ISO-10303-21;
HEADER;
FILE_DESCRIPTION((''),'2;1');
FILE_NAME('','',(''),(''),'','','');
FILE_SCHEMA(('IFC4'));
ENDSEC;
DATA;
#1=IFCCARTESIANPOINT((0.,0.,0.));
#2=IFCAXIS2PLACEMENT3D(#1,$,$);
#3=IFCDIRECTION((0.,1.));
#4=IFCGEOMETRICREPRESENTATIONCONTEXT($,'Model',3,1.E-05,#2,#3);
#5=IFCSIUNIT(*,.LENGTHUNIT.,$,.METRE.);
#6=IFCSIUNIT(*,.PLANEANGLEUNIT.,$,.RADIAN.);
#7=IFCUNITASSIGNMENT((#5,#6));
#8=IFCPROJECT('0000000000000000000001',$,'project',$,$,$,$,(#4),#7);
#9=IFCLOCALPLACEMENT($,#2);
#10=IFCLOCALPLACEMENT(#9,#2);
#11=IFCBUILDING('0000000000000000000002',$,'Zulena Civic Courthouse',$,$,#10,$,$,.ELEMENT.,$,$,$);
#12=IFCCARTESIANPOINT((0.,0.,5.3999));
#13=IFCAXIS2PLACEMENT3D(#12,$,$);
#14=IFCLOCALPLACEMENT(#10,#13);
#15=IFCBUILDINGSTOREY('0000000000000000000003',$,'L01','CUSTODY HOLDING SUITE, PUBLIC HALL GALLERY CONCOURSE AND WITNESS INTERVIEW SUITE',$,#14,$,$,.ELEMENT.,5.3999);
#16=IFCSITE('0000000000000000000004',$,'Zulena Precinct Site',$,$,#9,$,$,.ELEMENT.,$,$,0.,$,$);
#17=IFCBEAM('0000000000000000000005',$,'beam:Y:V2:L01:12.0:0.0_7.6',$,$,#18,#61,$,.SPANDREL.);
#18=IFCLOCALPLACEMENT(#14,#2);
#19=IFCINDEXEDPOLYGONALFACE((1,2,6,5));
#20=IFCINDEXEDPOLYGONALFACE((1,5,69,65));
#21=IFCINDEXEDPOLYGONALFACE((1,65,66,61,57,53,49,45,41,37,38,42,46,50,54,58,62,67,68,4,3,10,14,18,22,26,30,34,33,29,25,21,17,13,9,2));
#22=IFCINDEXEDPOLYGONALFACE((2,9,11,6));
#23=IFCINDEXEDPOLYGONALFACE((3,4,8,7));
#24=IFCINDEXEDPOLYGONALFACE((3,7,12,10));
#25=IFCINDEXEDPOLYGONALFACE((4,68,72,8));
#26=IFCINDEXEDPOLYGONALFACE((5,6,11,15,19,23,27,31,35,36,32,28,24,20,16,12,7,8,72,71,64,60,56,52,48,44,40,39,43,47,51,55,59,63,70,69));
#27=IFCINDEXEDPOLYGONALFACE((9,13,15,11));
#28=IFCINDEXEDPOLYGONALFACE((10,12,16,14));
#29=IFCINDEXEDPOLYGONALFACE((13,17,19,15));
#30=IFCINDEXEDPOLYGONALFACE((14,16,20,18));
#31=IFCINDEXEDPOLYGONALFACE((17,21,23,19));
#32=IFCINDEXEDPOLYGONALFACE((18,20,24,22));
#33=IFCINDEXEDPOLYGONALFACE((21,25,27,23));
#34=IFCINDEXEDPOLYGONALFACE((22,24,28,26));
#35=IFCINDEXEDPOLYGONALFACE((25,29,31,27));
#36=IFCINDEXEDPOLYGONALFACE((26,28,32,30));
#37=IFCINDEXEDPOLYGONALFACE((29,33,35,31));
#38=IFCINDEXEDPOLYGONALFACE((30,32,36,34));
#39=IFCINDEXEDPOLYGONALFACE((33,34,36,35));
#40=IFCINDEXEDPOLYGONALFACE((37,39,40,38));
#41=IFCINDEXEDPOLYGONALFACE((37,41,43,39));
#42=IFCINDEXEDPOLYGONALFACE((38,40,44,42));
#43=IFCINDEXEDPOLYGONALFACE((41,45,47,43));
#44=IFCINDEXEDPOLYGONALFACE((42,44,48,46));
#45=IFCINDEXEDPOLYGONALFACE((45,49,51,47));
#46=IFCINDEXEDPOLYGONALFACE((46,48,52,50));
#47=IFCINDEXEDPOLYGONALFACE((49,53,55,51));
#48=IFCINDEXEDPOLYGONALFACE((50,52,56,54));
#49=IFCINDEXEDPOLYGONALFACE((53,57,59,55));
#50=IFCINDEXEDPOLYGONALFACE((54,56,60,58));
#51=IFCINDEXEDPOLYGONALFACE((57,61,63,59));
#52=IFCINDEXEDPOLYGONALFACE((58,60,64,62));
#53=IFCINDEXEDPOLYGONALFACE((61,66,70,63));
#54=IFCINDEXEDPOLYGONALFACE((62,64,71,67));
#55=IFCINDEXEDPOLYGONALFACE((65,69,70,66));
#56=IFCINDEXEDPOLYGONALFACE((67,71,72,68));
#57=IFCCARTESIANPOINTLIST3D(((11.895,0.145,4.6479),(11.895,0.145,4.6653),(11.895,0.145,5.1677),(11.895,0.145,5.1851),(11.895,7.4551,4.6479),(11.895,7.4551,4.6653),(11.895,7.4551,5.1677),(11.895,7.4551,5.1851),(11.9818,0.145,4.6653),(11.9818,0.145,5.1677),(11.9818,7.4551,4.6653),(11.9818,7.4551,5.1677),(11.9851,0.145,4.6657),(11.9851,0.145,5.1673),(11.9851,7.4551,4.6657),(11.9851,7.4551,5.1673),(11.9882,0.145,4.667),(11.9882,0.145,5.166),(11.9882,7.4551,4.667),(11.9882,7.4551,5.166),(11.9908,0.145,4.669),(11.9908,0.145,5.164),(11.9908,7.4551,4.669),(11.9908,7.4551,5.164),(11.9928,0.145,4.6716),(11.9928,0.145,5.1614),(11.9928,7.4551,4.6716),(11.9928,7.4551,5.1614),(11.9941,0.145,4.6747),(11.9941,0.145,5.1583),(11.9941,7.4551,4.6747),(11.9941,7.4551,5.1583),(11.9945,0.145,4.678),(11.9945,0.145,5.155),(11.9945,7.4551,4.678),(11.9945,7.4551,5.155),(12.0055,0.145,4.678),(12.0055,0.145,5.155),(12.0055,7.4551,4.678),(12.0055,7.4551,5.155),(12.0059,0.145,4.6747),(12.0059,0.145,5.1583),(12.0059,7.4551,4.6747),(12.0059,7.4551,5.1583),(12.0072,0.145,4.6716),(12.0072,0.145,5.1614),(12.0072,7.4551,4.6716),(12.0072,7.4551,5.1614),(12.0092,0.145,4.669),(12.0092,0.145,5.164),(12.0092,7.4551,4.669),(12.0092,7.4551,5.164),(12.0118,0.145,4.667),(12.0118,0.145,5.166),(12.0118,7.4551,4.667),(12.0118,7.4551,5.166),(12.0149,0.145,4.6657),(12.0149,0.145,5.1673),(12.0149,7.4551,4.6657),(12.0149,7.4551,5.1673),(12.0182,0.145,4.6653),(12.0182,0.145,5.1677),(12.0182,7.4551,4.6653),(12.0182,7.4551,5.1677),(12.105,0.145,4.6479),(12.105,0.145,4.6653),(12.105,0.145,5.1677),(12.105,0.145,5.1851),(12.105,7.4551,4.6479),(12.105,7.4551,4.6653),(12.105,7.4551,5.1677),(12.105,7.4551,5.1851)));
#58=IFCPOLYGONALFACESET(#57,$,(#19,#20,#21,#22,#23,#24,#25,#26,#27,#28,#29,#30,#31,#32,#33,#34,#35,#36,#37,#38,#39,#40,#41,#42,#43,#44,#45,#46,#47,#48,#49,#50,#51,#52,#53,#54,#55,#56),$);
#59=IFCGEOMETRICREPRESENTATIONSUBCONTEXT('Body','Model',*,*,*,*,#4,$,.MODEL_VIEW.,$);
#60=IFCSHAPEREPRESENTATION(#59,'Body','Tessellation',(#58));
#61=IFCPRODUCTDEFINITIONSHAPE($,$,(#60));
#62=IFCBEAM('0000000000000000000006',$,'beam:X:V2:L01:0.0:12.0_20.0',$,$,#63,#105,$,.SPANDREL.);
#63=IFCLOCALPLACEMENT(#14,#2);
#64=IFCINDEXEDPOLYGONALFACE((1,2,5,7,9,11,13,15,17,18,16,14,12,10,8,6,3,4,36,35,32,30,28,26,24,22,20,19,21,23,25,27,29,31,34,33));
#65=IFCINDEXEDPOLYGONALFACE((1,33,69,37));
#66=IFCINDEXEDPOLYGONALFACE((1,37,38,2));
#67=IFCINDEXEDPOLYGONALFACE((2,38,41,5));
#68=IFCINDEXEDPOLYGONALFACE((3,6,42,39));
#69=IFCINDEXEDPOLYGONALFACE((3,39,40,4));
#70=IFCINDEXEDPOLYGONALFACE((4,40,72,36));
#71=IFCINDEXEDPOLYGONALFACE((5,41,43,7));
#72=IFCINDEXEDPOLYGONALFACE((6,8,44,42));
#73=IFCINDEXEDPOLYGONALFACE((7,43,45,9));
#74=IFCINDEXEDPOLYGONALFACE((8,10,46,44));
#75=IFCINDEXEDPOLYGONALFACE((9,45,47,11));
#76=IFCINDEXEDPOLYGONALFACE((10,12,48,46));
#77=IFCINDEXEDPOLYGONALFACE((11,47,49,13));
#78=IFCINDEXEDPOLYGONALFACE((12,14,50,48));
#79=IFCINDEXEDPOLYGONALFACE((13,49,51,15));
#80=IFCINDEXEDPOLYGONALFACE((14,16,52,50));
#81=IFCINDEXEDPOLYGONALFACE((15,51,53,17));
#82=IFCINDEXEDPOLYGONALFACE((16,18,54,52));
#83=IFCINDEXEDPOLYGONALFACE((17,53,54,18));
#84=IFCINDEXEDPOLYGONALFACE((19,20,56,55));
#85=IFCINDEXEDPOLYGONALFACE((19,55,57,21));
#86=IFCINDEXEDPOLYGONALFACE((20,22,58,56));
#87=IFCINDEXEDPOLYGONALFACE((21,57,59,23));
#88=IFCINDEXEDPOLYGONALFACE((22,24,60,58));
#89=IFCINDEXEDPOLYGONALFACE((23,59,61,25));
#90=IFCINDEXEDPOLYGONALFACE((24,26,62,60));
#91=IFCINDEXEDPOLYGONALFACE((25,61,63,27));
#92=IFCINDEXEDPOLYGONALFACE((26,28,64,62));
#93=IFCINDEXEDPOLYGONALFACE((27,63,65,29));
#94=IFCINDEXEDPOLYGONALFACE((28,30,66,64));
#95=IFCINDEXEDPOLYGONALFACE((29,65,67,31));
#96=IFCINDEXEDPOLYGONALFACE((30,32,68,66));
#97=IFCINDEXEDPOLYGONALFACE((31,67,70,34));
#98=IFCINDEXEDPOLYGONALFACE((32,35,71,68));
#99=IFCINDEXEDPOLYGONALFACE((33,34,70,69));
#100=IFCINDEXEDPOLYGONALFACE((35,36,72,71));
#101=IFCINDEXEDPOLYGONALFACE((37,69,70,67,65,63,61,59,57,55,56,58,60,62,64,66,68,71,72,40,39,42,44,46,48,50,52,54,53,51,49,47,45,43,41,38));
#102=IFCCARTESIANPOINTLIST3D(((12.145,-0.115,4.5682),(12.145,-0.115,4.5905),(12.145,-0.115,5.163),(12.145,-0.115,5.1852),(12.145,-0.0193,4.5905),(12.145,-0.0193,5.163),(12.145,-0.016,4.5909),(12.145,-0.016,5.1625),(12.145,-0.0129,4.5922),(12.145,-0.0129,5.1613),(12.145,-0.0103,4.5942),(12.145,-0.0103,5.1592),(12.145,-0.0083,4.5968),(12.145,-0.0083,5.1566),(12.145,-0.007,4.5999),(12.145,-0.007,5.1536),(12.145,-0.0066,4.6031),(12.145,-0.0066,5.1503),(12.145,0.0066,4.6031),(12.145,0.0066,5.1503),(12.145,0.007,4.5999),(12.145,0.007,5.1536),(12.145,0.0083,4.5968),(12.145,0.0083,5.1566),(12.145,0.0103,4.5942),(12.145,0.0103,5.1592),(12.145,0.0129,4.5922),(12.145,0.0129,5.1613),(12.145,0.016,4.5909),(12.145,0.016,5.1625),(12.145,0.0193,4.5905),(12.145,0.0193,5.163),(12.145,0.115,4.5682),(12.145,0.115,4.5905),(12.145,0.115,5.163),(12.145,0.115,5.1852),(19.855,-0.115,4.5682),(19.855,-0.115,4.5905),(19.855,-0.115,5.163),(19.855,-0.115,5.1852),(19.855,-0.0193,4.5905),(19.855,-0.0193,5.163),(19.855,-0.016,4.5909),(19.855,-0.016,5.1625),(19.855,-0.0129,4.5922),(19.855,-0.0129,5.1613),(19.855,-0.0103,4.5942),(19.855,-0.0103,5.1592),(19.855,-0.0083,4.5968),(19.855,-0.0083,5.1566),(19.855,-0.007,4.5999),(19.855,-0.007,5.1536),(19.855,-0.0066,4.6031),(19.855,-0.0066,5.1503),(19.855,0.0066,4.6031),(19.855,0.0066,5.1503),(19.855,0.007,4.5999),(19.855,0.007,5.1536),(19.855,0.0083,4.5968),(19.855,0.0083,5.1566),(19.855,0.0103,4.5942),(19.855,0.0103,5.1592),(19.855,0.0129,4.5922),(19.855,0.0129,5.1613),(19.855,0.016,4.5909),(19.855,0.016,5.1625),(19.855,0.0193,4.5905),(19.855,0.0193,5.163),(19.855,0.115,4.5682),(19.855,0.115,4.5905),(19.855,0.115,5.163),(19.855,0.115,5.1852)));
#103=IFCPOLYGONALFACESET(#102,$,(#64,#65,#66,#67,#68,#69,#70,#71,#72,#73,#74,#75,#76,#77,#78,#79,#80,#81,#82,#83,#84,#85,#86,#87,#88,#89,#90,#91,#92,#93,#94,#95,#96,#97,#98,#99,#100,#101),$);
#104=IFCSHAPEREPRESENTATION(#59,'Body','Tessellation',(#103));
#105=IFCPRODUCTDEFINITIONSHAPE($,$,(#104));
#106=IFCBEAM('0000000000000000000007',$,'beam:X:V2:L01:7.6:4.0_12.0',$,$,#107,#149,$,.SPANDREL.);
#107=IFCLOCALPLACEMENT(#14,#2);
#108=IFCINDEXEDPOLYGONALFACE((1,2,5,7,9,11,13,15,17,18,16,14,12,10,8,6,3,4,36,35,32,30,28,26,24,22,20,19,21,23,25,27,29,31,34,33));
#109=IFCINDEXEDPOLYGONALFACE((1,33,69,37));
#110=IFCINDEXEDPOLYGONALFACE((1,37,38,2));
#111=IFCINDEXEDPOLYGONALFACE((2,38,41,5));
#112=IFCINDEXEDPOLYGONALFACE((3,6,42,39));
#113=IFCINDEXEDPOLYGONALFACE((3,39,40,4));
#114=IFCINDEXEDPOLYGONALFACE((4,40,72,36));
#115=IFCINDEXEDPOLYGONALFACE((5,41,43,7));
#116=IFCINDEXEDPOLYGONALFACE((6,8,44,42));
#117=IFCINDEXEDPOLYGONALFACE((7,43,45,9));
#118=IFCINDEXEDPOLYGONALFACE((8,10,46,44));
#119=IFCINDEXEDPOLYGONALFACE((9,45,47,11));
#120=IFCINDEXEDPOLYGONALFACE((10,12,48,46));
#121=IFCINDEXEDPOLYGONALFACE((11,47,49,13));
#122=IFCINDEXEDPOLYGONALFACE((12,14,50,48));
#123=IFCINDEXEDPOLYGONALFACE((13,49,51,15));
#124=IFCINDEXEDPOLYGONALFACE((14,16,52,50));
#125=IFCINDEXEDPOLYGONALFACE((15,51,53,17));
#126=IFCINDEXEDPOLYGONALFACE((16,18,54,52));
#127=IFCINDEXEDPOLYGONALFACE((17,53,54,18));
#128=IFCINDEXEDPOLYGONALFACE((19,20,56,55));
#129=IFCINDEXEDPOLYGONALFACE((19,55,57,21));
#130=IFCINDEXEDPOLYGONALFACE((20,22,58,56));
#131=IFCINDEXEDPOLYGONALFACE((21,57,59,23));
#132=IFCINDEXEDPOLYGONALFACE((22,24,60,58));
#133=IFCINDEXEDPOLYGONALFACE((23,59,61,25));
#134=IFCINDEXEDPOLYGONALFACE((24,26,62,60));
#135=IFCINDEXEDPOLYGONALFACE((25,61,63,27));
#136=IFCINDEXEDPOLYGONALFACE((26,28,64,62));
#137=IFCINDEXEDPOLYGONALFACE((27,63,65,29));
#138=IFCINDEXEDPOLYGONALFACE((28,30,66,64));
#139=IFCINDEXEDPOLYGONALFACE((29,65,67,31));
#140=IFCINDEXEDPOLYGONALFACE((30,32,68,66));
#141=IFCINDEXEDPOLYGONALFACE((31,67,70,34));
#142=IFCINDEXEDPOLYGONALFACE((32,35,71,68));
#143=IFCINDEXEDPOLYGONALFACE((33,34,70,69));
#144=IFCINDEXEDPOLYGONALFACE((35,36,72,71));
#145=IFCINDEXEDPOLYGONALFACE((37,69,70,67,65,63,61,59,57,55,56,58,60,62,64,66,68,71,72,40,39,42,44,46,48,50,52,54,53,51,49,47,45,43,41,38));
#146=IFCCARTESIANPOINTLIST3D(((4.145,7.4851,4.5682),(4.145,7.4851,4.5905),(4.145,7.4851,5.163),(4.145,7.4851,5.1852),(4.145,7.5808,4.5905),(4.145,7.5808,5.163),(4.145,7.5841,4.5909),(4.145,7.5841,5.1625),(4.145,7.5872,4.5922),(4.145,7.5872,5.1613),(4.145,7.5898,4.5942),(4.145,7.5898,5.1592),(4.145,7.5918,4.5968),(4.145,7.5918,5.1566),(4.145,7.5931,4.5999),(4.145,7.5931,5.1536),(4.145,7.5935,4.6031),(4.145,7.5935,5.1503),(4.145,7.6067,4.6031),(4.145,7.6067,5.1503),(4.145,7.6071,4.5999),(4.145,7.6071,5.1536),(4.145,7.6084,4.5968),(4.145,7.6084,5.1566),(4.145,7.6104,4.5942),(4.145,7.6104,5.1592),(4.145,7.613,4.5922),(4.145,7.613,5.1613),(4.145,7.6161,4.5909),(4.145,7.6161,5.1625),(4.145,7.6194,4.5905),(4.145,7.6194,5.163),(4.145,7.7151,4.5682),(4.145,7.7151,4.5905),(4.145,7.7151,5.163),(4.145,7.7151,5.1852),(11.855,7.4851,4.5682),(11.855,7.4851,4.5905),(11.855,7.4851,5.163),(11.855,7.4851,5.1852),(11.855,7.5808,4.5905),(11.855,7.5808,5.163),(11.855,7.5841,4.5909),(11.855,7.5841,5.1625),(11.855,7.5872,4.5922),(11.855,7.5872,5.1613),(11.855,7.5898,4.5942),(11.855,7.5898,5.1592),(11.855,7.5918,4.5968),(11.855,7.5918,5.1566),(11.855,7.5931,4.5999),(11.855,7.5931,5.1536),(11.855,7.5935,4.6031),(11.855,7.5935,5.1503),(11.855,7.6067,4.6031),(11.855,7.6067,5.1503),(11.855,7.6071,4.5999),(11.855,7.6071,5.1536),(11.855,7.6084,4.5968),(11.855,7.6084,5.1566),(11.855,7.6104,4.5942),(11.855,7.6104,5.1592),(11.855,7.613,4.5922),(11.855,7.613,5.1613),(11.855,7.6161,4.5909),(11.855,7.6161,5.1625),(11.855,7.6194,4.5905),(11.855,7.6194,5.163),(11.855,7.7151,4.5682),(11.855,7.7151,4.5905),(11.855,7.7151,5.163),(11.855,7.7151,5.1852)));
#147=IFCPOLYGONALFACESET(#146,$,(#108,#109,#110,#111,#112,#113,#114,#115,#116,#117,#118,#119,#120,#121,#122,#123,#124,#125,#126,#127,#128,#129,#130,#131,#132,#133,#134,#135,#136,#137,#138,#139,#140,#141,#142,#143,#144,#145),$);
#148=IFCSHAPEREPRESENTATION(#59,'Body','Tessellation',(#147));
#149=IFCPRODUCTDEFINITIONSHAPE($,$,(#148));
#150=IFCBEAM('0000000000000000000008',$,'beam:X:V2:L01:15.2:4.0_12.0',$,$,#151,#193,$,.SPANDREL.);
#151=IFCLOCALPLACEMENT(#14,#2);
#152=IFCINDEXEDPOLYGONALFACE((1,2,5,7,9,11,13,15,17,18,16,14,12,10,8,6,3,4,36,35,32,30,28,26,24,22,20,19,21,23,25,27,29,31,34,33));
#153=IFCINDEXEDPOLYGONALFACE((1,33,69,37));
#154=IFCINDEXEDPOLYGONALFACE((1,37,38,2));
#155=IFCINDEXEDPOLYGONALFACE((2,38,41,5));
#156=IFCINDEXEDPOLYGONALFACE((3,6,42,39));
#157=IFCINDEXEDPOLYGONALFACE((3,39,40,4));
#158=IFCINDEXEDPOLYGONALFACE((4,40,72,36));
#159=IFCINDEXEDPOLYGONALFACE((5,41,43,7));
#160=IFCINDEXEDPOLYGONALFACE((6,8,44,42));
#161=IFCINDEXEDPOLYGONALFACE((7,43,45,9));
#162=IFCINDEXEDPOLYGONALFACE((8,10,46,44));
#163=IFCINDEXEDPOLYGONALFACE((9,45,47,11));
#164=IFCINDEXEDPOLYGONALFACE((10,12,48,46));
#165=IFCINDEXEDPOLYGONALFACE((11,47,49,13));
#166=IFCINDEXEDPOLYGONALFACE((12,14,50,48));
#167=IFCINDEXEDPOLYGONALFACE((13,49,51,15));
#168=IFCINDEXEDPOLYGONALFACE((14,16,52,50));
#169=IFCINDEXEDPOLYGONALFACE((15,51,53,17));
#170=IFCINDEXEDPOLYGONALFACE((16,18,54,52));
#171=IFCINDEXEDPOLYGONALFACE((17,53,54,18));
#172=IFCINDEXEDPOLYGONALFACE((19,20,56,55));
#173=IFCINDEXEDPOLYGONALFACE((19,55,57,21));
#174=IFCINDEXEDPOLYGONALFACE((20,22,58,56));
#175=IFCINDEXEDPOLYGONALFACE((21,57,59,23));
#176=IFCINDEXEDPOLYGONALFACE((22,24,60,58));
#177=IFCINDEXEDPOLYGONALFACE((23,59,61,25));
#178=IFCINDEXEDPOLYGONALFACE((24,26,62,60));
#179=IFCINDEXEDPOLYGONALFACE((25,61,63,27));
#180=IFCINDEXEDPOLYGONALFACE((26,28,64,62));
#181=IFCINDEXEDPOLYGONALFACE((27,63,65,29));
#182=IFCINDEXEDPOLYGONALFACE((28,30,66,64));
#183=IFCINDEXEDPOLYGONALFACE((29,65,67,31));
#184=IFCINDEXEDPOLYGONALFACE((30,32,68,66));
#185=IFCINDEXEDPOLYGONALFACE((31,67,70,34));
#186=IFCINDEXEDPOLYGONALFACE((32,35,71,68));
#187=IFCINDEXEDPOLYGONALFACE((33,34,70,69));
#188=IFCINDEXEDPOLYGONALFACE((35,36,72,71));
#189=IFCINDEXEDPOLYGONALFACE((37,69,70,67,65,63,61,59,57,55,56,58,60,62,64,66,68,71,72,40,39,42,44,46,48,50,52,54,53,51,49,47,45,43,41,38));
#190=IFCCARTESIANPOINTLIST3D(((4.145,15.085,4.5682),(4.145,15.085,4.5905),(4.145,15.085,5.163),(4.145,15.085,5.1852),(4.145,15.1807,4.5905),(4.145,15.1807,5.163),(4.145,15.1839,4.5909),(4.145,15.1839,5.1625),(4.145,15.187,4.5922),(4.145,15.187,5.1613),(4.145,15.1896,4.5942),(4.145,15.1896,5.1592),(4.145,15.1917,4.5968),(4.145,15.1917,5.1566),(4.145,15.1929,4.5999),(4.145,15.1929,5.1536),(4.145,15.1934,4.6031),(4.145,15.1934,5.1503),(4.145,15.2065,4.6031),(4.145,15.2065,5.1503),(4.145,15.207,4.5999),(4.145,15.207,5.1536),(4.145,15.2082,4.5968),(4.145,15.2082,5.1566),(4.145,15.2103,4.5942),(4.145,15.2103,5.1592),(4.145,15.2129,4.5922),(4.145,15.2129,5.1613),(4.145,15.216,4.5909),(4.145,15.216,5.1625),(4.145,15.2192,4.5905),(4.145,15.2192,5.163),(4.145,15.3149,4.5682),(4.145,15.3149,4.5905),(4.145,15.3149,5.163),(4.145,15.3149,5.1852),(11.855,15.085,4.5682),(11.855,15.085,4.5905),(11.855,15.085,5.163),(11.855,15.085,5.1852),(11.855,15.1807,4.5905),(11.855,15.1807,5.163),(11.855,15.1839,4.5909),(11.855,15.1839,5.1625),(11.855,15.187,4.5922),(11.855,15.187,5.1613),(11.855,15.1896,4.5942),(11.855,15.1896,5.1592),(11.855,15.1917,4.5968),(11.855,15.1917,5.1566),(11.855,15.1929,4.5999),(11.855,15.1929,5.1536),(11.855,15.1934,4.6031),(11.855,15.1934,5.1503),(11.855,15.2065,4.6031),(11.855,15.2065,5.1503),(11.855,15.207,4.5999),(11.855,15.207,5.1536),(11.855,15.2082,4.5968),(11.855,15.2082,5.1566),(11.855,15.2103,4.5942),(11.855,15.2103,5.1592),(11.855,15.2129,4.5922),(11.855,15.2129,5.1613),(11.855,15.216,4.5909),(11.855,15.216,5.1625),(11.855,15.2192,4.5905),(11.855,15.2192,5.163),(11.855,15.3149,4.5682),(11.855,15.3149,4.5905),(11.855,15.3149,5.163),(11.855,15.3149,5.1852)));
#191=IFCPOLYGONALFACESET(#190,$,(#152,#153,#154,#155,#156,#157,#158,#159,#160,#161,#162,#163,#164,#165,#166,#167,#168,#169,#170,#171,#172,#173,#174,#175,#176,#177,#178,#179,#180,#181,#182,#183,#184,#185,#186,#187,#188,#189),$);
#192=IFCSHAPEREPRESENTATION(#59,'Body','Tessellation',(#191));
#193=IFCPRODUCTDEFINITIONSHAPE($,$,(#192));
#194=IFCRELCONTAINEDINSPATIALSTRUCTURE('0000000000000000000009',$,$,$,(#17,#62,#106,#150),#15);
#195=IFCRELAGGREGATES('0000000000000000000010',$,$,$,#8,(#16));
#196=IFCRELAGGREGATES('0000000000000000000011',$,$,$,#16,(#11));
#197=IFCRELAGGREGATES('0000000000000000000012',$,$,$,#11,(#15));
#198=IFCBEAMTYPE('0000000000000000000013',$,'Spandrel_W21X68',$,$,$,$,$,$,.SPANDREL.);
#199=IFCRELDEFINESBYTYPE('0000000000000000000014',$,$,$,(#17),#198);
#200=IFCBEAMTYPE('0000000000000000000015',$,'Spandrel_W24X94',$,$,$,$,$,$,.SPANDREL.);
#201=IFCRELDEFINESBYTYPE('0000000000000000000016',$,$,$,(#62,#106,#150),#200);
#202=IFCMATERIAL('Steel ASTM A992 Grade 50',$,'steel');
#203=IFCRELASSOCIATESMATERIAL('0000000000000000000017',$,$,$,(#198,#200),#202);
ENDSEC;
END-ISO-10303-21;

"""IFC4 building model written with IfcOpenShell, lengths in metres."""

from ifc_helpers import new_model, si_unit, direction, frame, origin, origin_2d, place, context, subcontext, project, spatial, i_section, extrude, material, material_profile, profile_set, type_object, element, save


model = new_model("IFC4")

# Units and contexts
model_context = context("Model", 3, precision=1e-05, world=origin(), true_north=direction((0.0, 1.0)))
body_context = subcontext(model_context, "Body", "Model", "MODEL_VIEW")
ifc_project = project(units=[si_unit("LENGTHUNIT", "METRE"), si_unit("PLANEANGLEUNIT", "RADIAN")], contexts=[model_context])

# Site, building, storey
site_placement = place(None, origin())
site = spatial("IfcSite", under=ifc_project, at=site_placement, Name="Zulena Precinct Site", CompositionType="ELEMENT", RefElevation=0.0)
building_placement = place(site_placement, origin())
building = spatial("IfcBuilding", under=site, at=building_placement, Name="Zulena Civic Courthouse", CompositionType="ELEMENT")
storey_placement = place(building_placement, frame((0.0, 0.0, 5.3999)))
storey = spatial("IfcBuildingStorey", under=building, at=storey_placement, Name="L01", Description="CUSTODY HOLDING SUITE, PUBLIC HALL GALLERY CONCOURSE AND WITNESS INTERVIEW SUITE", CompositionType="ELEMENT", Elevation=5.3999)

# Shared definitions
ifc_material_1 = material(Name="Steel ASTM A992 Grade 50", Category="steel")

# Beams
ifc_material_profile_1 = material_profile(ifc_material_1, i_section(OverallWidth=0.21, OverallDepth=0.5371, WebThickness=0.011, FlangeThickness=0.0173, FilletRadius=0.0127, at=origin_2d()), Name="W21X68")
ifc_profile_set_1 = profile_set([ifc_material_profile_1], Name="Steel ASTM A992 Grade 50")
beam_type_1 = type_object("IfcBeamType", Name="Spandrel_W21X68", PredefinedType="SPANDREL", material=ifc_profile_set_1)
for number, where, z_axis, x_axis, name in (
    (1, (12.0, 0.145, 4.9165), (0.0, 1.0, 0.0), (-1.0, 0.0, 0.0), "beam:Y:V2:L01:12.0:0.0_7.6"),
):
    element("IfcBeam", number, at=place(storey_placement, frame(where, z_axis=z_axis, x_axis=x_axis)), inside=storey, type_object=beam_type_1, Name=name, PredefinedType="SPANDREL", context=body_context, shape_type="SweptSolid", body=[
        extrude(i_section(OverallWidth=0.21, OverallDepth=0.5371, WebThickness=0.011, FlangeThickness=0.0173, FilletRadius=0.0127, at=origin_2d()), origin(), (0.0, 0.0, 1.0), 7.3101),
    ])
ifc_material_profile_2 = material_profile(ifc_material_1, i_section(OverallWidth=0.23, OverallDepth=0.6169, WebThickness=0.0132, FlangeThickness=0.0222, FilletRadius=0.0127, at=origin_2d()), Name="W24X94")
ifc_profile_set_2 = profile_set([ifc_material_profile_2], Name="Steel ASTM A992 Grade 50")
beam_type_2 = type_object("IfcBeamType", Name="Spandrel_W24X94", PredefinedType="SPANDREL", material=ifc_profile_set_2)
for number, where, z_axis, x_axis, name in (
    (2, (12.145, 0.0, 4.8767), (1.0, 0.0, 0.0), (0.0, 1.0, 0.0), "beam:X:V2:L01:0.0:12.0_20.0"),
    (3, (4.145, 7.6001, 4.8767), (1.0, 0.0, 0.0), (0.0, 1.0, 0.0), "beam:X:V2:L01:7.6:4.0_12.0"),
    (4, (4.145, 15.2, 4.8767), (1.0, 0.0, 0.0), (0.0, 1.0, 0.0), "beam:X:V2:L01:15.2:4.0_12.0"),
):
    element("IfcBeam", number, at=place(storey_placement, frame(where, z_axis=z_axis, x_axis=x_axis)), inside=storey, type_object=beam_type_2, Name=name, PredefinedType="SPANDREL", context=body_context, shape_type="SweptSolid", body=[
        extrude(i_section(OverallWidth=0.23, OverallDepth=0.6169, WebThickness=0.0132, FlangeThickness=0.0222, FilletRadius=0.0127, at=origin_2d()), origin(), (0.0, 0.0, 1.0), 7.71),
    ])

save(model, "model.ifc")
